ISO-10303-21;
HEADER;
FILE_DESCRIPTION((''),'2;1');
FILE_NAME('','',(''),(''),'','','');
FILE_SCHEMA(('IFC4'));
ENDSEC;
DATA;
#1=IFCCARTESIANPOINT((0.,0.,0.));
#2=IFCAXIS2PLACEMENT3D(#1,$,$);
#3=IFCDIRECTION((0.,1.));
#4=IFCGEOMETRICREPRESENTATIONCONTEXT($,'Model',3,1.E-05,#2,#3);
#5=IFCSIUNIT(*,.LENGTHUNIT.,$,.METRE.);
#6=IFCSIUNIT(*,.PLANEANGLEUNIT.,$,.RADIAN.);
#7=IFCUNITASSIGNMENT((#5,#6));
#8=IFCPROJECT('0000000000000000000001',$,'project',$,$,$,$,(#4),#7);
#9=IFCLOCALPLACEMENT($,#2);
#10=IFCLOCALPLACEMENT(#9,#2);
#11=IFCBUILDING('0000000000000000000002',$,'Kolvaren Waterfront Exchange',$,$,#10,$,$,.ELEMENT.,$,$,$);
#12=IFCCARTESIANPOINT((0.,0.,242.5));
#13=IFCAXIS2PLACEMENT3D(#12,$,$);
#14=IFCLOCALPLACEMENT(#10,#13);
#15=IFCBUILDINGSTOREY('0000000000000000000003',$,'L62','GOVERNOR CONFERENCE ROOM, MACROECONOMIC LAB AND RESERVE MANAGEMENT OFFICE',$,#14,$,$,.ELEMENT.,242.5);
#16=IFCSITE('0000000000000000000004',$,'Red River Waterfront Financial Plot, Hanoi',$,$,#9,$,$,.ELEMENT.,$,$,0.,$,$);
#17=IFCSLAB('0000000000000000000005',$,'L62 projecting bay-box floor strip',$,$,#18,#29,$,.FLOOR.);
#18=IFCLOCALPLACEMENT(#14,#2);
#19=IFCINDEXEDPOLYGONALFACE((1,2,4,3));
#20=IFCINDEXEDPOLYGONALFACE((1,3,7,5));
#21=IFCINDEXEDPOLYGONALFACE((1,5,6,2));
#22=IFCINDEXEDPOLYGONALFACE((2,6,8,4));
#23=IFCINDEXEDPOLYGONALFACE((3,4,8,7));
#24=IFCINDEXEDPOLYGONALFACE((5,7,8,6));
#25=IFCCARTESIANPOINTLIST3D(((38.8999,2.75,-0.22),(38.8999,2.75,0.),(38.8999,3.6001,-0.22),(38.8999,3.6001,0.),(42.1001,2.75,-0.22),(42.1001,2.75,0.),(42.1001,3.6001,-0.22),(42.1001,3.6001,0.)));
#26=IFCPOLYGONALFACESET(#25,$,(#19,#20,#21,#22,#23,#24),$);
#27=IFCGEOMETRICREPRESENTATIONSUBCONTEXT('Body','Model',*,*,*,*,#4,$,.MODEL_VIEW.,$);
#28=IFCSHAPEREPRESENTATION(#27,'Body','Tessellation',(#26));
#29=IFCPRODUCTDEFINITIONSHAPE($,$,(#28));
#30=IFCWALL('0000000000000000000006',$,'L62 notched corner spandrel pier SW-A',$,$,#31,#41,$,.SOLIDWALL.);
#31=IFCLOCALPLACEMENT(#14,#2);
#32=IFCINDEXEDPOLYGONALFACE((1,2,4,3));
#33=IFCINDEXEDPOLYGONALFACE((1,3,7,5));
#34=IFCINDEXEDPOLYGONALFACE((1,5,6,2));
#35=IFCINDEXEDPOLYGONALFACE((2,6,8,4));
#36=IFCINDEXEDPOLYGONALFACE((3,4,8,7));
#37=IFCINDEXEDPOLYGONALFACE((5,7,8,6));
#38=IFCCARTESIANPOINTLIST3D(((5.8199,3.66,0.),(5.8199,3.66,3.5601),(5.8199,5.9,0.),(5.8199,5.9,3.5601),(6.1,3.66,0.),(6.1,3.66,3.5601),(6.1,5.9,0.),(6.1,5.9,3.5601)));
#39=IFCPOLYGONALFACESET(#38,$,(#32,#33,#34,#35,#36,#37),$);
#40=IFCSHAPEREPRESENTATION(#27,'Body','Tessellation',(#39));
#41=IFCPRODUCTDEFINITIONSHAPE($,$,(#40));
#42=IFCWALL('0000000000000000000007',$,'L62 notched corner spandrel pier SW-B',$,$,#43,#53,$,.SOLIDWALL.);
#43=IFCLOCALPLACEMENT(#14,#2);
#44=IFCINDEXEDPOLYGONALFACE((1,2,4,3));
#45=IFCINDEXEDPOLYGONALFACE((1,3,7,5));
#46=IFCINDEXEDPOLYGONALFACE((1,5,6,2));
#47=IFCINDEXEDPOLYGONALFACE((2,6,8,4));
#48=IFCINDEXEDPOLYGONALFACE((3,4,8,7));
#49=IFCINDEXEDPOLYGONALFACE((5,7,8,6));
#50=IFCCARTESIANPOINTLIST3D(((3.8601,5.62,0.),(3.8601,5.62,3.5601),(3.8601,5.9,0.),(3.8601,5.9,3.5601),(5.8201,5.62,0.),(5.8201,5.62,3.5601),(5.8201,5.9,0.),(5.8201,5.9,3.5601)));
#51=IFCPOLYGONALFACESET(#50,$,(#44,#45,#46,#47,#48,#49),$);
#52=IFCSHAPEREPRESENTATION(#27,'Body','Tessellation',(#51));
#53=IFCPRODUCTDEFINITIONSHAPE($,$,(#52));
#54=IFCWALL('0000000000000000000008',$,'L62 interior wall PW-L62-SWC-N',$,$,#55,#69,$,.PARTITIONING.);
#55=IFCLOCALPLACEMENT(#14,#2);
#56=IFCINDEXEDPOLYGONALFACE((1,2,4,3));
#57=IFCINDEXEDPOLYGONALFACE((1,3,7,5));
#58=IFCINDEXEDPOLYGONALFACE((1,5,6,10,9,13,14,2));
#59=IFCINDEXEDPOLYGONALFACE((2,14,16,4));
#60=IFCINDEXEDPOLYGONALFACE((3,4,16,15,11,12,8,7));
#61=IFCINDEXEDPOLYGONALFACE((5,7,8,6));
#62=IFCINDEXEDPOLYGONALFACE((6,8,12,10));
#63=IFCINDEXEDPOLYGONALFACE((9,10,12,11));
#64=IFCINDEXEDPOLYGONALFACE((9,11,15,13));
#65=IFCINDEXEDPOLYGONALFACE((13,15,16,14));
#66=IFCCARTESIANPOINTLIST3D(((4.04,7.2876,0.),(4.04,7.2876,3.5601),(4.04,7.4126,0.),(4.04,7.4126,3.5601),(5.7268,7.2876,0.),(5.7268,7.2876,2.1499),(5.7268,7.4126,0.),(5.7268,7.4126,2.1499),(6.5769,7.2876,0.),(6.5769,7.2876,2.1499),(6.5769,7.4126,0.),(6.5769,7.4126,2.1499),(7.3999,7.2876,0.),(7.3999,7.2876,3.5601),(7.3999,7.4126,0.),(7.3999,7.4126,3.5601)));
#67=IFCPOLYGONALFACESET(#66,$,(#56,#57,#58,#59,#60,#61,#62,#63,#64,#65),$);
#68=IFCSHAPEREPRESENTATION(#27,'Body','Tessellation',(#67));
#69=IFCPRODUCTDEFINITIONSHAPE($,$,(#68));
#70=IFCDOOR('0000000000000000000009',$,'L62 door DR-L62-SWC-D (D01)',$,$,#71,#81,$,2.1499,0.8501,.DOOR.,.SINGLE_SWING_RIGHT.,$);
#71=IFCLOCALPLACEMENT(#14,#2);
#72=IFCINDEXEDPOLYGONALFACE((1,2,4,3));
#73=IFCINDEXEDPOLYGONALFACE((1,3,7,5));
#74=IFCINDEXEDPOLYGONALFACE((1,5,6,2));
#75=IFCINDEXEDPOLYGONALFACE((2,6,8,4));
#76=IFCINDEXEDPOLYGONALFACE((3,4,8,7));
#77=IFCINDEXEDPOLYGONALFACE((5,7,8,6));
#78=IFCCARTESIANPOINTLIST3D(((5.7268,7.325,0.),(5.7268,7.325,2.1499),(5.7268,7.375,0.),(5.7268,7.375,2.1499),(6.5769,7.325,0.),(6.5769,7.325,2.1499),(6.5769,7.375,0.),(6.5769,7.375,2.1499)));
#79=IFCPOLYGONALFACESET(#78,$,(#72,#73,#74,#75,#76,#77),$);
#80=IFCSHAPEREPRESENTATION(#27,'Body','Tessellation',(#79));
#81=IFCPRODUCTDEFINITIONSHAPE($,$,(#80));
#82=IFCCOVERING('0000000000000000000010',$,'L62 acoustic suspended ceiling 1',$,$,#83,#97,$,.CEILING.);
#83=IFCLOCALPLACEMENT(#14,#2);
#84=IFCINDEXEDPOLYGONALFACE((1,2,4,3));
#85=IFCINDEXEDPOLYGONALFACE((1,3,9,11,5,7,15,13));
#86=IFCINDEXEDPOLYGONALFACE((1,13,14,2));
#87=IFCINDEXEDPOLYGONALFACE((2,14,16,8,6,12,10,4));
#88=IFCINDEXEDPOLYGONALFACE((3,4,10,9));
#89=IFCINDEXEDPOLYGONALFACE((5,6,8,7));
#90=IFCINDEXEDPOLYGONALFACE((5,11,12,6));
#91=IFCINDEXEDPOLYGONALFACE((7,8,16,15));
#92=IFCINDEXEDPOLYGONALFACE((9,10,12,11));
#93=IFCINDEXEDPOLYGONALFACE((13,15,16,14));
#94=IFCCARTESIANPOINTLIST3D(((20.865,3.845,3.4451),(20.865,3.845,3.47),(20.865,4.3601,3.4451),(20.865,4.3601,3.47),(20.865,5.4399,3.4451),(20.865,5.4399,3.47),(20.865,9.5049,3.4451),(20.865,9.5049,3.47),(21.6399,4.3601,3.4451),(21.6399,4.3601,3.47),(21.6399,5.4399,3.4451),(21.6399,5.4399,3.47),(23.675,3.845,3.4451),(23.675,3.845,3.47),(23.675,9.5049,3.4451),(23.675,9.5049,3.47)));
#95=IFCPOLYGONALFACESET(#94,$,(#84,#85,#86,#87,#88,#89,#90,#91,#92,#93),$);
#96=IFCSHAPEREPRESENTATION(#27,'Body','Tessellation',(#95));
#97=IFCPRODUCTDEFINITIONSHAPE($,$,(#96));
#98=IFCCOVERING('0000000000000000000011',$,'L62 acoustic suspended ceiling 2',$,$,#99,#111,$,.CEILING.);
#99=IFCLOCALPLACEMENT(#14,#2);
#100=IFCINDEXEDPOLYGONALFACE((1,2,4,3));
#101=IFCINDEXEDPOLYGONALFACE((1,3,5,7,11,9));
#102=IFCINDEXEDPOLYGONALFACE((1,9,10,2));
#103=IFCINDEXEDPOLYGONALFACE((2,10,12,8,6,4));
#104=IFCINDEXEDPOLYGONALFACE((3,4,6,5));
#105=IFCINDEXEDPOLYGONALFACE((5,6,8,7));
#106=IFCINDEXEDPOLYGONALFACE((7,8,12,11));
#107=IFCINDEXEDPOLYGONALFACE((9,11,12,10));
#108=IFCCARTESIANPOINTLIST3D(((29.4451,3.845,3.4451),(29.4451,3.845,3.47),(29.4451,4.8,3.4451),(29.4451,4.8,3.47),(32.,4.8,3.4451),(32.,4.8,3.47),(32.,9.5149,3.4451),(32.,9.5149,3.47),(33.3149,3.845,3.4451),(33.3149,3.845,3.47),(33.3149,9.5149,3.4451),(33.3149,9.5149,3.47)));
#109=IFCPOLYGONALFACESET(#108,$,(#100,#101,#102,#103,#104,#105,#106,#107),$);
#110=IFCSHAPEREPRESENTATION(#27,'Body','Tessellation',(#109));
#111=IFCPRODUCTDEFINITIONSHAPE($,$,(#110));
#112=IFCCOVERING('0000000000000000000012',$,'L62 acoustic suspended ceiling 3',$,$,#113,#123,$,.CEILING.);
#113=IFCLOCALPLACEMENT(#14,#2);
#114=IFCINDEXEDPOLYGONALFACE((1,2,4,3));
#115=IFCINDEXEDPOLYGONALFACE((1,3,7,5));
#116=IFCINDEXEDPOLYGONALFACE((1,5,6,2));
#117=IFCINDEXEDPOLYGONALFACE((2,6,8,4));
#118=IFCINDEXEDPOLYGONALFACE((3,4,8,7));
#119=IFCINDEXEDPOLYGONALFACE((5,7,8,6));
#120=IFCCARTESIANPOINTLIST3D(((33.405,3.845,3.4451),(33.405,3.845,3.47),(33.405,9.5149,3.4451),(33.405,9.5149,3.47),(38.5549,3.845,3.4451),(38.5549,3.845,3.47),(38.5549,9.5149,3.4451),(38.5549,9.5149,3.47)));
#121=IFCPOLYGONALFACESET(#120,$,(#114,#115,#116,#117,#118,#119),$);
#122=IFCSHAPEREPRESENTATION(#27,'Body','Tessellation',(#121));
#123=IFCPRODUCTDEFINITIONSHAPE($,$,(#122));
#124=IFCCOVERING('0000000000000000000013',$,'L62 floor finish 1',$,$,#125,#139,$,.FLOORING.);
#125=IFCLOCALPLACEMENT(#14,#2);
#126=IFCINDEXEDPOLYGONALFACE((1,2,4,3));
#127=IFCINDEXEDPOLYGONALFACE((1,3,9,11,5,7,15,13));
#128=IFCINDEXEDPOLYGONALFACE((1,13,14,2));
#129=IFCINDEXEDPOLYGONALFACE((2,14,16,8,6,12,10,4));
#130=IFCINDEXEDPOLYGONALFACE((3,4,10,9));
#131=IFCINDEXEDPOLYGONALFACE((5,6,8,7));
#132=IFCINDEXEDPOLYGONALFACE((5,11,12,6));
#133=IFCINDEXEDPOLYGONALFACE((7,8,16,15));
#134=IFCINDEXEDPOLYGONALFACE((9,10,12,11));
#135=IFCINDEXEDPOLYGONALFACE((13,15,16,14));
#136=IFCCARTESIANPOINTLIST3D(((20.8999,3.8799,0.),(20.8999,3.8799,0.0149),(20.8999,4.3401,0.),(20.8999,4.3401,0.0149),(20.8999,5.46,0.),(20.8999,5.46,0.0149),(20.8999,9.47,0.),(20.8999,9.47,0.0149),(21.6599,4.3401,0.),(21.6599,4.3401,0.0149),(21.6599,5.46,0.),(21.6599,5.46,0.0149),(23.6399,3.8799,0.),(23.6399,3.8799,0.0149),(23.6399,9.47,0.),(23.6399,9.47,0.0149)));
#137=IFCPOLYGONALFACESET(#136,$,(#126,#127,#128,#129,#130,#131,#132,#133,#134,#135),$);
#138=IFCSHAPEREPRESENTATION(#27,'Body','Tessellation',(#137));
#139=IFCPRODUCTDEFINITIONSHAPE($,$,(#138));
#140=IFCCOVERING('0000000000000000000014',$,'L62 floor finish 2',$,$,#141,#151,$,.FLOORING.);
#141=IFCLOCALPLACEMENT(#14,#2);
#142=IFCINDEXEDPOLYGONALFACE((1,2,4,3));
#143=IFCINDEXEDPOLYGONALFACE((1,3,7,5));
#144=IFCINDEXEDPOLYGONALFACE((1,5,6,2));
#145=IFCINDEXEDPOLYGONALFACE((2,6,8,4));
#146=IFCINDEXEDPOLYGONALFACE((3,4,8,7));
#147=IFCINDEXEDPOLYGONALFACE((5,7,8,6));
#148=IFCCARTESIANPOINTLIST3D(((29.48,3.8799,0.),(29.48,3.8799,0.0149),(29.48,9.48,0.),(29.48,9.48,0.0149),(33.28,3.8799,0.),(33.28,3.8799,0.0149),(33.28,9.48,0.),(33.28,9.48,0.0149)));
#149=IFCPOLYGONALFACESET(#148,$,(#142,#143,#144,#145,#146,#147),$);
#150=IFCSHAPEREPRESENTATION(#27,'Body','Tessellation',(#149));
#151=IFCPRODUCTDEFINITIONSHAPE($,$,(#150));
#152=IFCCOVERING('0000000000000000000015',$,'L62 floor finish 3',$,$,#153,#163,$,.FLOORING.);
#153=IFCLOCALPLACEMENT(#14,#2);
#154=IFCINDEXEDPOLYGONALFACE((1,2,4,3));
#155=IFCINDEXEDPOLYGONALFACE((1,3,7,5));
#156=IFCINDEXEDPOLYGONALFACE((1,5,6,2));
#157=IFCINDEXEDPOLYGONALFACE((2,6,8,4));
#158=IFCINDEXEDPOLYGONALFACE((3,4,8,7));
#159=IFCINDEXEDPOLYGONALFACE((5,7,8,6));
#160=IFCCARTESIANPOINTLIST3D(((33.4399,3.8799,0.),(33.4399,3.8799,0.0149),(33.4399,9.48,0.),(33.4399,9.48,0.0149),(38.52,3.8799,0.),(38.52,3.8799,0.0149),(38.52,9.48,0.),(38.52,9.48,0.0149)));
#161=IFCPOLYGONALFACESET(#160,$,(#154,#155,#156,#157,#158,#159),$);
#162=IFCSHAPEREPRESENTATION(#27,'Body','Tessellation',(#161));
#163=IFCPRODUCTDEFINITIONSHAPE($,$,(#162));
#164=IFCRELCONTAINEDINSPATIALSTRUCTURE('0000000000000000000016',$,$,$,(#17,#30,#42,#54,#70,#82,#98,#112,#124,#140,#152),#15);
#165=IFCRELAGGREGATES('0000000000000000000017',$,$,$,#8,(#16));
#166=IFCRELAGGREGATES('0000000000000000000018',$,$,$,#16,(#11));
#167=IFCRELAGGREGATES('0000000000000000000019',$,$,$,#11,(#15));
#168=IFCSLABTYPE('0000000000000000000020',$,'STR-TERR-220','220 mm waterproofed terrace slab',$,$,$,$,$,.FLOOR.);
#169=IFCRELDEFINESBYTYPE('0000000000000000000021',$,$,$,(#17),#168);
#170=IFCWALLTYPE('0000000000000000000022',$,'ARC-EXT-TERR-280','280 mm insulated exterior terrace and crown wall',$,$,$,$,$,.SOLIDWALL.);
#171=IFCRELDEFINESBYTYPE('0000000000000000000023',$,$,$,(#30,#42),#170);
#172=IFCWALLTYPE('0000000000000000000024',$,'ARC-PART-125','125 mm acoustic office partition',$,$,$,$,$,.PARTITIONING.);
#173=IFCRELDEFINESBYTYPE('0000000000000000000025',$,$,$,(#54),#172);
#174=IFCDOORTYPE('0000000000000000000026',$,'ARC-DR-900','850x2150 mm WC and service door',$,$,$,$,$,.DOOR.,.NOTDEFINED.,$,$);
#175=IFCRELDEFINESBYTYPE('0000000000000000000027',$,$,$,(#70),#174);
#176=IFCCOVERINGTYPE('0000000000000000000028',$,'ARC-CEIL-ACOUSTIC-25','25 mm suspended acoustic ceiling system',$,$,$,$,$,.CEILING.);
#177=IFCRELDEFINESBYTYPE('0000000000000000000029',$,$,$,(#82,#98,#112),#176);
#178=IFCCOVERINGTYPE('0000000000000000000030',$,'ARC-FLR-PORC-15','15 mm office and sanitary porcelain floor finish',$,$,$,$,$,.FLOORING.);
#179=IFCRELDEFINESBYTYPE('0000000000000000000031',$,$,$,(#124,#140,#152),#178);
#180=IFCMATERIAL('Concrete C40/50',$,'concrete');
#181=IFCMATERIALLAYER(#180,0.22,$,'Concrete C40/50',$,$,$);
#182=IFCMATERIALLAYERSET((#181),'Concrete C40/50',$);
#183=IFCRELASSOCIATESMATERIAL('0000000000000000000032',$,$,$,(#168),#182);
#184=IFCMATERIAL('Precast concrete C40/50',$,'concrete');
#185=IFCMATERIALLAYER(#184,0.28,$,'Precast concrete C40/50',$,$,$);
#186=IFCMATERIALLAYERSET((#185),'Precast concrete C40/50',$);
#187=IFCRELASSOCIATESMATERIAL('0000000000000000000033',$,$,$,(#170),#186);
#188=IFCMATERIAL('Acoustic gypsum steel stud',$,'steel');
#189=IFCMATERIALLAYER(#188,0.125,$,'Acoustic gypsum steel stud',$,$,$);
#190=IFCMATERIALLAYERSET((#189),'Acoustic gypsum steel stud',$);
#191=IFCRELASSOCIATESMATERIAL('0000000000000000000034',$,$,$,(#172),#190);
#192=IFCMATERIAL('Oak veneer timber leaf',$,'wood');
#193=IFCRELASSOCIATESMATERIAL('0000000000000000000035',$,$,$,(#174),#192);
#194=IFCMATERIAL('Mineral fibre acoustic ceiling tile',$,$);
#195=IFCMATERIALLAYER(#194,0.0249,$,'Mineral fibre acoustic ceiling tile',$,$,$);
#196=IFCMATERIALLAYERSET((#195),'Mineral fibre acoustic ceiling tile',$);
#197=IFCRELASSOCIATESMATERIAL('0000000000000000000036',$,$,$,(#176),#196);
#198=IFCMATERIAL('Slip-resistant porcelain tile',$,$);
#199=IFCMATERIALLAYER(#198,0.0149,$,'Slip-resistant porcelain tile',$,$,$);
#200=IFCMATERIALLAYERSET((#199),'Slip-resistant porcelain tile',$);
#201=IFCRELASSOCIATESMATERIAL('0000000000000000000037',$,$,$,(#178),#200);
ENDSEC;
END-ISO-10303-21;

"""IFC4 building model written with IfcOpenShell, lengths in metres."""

from ifc_helpers import new_model, si_unit, direction, frame, frame_2d, origin, place, context, subcontext, project, spatial, polyline, rectangle, outline, extrude, material, layer, layer_set, type_object, element, fill, save


model = new_model("IFC4")

# Units and contexts
model_context = context("Model", 3, precision=1e-05, world=origin(), true_north=direction((0.0, 1.0)))
body_context = subcontext(model_context, "Body", "Model", "MODEL_VIEW")
ifc_project = project(units=[si_unit("LENGTHUNIT", "METRE"), si_unit("PLANEANGLEUNIT", "RADIAN")], contexts=[model_context])

# Site, building, storey
site_placement = place(None, origin())
site = spatial("IfcSite", under=ifc_project, at=site_placement, Name="Red River Waterfront Financial Plot, Hanoi", CompositionType="ELEMENT", RefElevation=0.0)
building_placement = place(site_placement, origin())
building = spatial("IfcBuilding", under=site, at=building_placement, Name="Kolvaren Waterfront Exchange", CompositionType="ELEMENT")
storey_placement = place(building_placement, frame((0.0, 0.0, 242.5)))
storey = spatial("IfcBuildingStorey", under=building, at=storey_placement, Name="L62", Description="GOVERNOR CONFERENCE ROOM, MACROECONOMIC LAB AND RESERVE MANAGEMENT OFFICE", CompositionType="ELEMENT", Elevation=242.5)

# Shared definitions
ifc_material_1 = material(Name="Concrete C40/50", Category="concrete")

# Slab
ifc_layer_1 = layer(ifc_material_1, 0.22, Name="Concrete C40/50")
ifc_layer_set_1 = layer_set([ifc_layer_1], Name="Concrete C40/50")
slab_type_1 = type_object("IfcSlabType", Name="STR-TERR-220", Description="220 mm waterproofed terrace slab", PredefinedType="FLOOR", material=ifc_layer_set_1)
slab_1_placement = place(storey_placement, frame((0.0, 0.0, -0.22)))
element("IfcSlab", 1, at=slab_1_placement, inside=storey, type_object=slab_type_1, Name="L62 projecting bay-box floor strip", PredefinedType="FLOOR", context=body_context, shape_type="SweptSolid", body=[
    extrude(outline(polyline([(38.8999, 2.75), (42.1001, 2.75), (42.1001, 3.6001), (38.8999, 3.6001), (38.8999, 2.75)])), origin(), (0.0, 0.0, 1.0), 0.22),
])

# Walls
ifc_material_2 = material(Name="Precast concrete C40/50", Category="concrete")
ifc_layer_2 = layer(ifc_material_2, 0.28, Name="Precast concrete C40/50")
ifc_layer_set_2 = layer_set([ifc_layer_2], Name="Precast concrete C40/50")
wall_type_1 = type_object("IfcWallType", Name="ARC-EXT-TERR-280", Description="280 mm insulated exterior terrace and crown wall", PredefinedType="SOLIDWALL", material=ifc_layer_set_2)
wall_1_placement = place(storey_placement, frame((5.96, 3.6599, 0.0), z_axis=(0.0, 0.0, 1.0), x_axis=(0.0, 1.0, 0.0)))
element("IfcWall", 2, at=wall_1_placement, inside=storey, type_object=wall_type_1, Name="L62 notched corner spandrel pier SW-A", PredefinedType="SOLIDWALL", context=body_context, shape_type="SweptSolid", body=[
    extrude(rectangle(XDim=2.24, YDim=0.28, at=frame_2d((1.1201, 0.0))), origin(), (0.0, 0.0, 1.0), 3.5601),
])
wall_2_placement = place(storey_placement, frame((3.8601, 5.76, 0.0), z_axis=(0.0, 0.0, 1.0), x_axis=(1.0, 0.0, 0.0)))
element("IfcWall", 3, at=wall_2_placement, inside=storey, type_object=wall_type_1, Name="L62 notched corner spandrel pier SW-B", PredefinedType="SOLIDWALL", context=body_context, shape_type="SweptSolid", body=[
    extrude(rectangle(XDim=1.96, YDim=0.28, at=frame_2d((0.98, 0.0))), origin(), (0.0, 0.0, 1.0), 3.5601),
])

# Wall, opening, door
ifc_material_3 = material(Name="Acoustic gypsum steel stud", Category="steel")
ifc_layer_3 = layer(ifc_material_3, 0.125, Name="Acoustic gypsum steel stud")
ifc_layer_set_3 = layer_set([ifc_layer_3], Name="Acoustic gypsum steel stud")
wall_type_2 = type_object("IfcWallType", Name="ARC-PART-125", Description="125 mm acoustic office partition", PredefinedType="PARTITIONING", material=ifc_layer_set_3)
wall_3_placement = place(storey_placement, frame((4.04, 7.3501, 0.0), z_axis=(0.0, 0.0, 1.0), x_axis=(1.0, 0.0, 0.0)))
wall_3 = element("IfcWall", 4, at=wall_3_placement, inside=storey, type_object=wall_type_2, Name="L62 interior wall PW-L62-SWC-N", PredefinedType="PARTITIONING", context=body_context, shape_type="SweptSolid", body=[
    extrude(rectangle(XDim=3.3599, YDim=0.125, at=frame_2d((1.6799, 0.0))), origin(), (0.0, 0.0, 1.0), 3.5601),
])
opening_placement = place(wall_3_placement, frame((1.6868, 0.0, 0.0)))
opening = element("IfcOpeningElement", 5, at=opening_placement, cuts=wall_3, PredefinedType="OPENING", context=body_context, shape_type="SweptSolid", body=[
    extrude(rectangle(XDim=0.8501, YDim=2.1499, at=frame_2d((0.425, 1.075))), frame((0.0, 0.0725, 0.0), z_axis=(0.0, -1.0, 0.0), x_axis=(1.0, 0.0, 0.0)), (0.0, 0.0, 1.0), 0.145),
])
ifc_material_4 = material(Name="Oak veneer timber leaf", Category="wood")
door_type = type_object("IfcDoorType", Name="ARC-DR-900", Description="850x2150 mm WC and service door", OperationType="NOTDEFINED", PredefinedType="DOOR", material=ifc_material_4)
door_placement = place(opening_placement, origin())
door = element("IfcDoor", 6, at=door_placement, inside=storey, type_object=door_type, Name="L62 door DR-L62-SWC-D (D01)", OperationType="SINGLE_SWING_RIGHT", OverallHeight=2.1499, OverallWidth=0.8501, PredefinedType="DOOR", context=body_context, shape_type="SweptSolid", body=[
    extrude(rectangle(XDim=0.8501, YDim=2.1499, at=frame_2d((0.425, 1.075))), frame((0.0, 0.0249, 0.0), z_axis=(0.0, -1.0, 0.0), x_axis=(1.0, 0.0, 0.0)), (0.0, 0.0, 1.0), 0.05),
])
fill(opening, door)

# Coverings
ifc_material_5 = material(Name="Mineral fibre acoustic ceiling tile")
ifc_layer_4 = layer(ifc_material_5, 0.0249, Name="Mineral fibre acoustic ceiling tile")
ifc_layer_set_4 = layer_set([ifc_layer_4], Name="Mineral fibre acoustic ceiling tile")
covering_type_1 = type_object("IfcCoveringType", Name="ARC-CEIL-ACOUSTIC-25", Description="25 mm suspended acoustic ceiling system", PredefinedType="CEILING", material=ifc_layer_set_4)
covering_1_placement = place(storey_placement, frame((0.0, 0.0, 3.4451)))
element("IfcCovering", 7, at=covering_1_placement, inside=storey, type_object=covering_type_1, Name="L62 acoustic suspended ceiling 1", PredefinedType="CEILING", context=body_context, shape_type="SweptSolid", body=[
    extrude(outline(polyline([(20.865, 5.4399), (21.6399, 5.4399), (21.6399, 4.3601), (20.865, 4.3601), (20.865, 3.845), (23.675, 3.845), (23.675, 9.5049), (20.865, 9.5049), (20.865, 5.4399)])), origin(), (0.0, 0.0, 1.0), 0.0249),
])
covering_2_placement = place(storey_placement, frame((0.0, 0.0, 3.4451)))
element("IfcCovering", 8, at=covering_2_placement, inside=storey, type_object=covering_type_1, Name="L62 acoustic suspended ceiling 2", PredefinedType="CEILING", context=body_context, shape_type="SweptSolid", body=[
    extrude(outline(polyline([(33.3149, 3.845), (33.3149, 9.5149), (32.0, 9.5149), (32.0, 4.8), (29.4451, 4.8), (29.4451, 3.845), (33.3149, 3.845)])), origin(), (0.0, 0.0, 1.0), 0.0249),
])
covering_3_placement = place(storey_placement, frame((0.0, 0.0, 3.4451)))
element("IfcCovering", 9, at=covering_3_placement, inside=storey, type_object=covering_type_1, Name="L62 acoustic suspended ceiling 3", PredefinedType="CEILING", context=body_context, shape_type="SweptSolid", body=[
    extrude(outline(polyline([(38.5549, 3.845), (38.5549, 9.5149), (33.405, 9.5149), (33.405, 3.845), (38.5549, 3.845)])), origin(), (0.0, 0.0, 1.0), 0.0249),
])
ifc_material_6 = material(Name="Slip-resistant porcelain tile")
ifc_layer_5 = layer(ifc_material_6, 0.0149, Name="Slip-resistant porcelain tile")
ifc_layer_set_5 = layer_set([ifc_layer_5], Name="Slip-resistant porcelain tile")
covering_type_2 = type_object("IfcCoveringType", Name="ARC-FLR-PORC-15", Description="15 mm office and sanitary porcelain floor finish", PredefinedType="FLOORING", material=ifc_layer_set_5)
covering_4_placement = place(storey_placement, origin())
element("IfcCovering", 10, at=covering_4_placement, inside=storey, type_object=covering_type_2, Name="L62 floor finish 1", PredefinedType="FLOORING", context=body_context, shape_type="SweptSolid", body=[
    extrude(outline(polyline([(20.8999, 4.3401), (20.8999, 3.8799), (23.6399, 3.8799), (23.6399, 9.47), (20.8999, 9.47), (20.8999, 5.46), (21.6599, 5.46), (21.6599, 4.3401), (20.8999, 4.3401)])), origin(), (0.0, 0.0, 1.0), 0.0149),
])
covering_5_placement = place(storey_placement, origin())
element("IfcCovering", 11, at=covering_5_placement, inside=storey, type_object=covering_type_2, Name="L62 floor finish 2", PredefinedType="FLOORING", context=body_context, shape_type="SweptSolid", body=[
    extrude(outline(polyline([(29.48, 9.48), (29.48, 3.8799), (33.28, 3.8799), (33.28, 9.48), (29.48, 9.48)])), origin(), (0.0, 0.0, 1.0), 0.0149),
])
covering_6_placement = place(storey_placement, origin())
element("IfcCovering", 12, at=covering_6_placement, inside=storey, type_object=covering_type_2, Name="L62 floor finish 3", PredefinedType="FLOORING", context=body_context, shape_type="SweptSolid", body=[
    extrude(outline(polyline([(33.4399, 9.48), (33.4399, 3.8799), (38.52, 3.8799), (38.52, 9.48), (33.4399, 9.48)])), origin(), (0.0, 0.0, 1.0), 0.0149),
])

save(model, "model.ifc")
